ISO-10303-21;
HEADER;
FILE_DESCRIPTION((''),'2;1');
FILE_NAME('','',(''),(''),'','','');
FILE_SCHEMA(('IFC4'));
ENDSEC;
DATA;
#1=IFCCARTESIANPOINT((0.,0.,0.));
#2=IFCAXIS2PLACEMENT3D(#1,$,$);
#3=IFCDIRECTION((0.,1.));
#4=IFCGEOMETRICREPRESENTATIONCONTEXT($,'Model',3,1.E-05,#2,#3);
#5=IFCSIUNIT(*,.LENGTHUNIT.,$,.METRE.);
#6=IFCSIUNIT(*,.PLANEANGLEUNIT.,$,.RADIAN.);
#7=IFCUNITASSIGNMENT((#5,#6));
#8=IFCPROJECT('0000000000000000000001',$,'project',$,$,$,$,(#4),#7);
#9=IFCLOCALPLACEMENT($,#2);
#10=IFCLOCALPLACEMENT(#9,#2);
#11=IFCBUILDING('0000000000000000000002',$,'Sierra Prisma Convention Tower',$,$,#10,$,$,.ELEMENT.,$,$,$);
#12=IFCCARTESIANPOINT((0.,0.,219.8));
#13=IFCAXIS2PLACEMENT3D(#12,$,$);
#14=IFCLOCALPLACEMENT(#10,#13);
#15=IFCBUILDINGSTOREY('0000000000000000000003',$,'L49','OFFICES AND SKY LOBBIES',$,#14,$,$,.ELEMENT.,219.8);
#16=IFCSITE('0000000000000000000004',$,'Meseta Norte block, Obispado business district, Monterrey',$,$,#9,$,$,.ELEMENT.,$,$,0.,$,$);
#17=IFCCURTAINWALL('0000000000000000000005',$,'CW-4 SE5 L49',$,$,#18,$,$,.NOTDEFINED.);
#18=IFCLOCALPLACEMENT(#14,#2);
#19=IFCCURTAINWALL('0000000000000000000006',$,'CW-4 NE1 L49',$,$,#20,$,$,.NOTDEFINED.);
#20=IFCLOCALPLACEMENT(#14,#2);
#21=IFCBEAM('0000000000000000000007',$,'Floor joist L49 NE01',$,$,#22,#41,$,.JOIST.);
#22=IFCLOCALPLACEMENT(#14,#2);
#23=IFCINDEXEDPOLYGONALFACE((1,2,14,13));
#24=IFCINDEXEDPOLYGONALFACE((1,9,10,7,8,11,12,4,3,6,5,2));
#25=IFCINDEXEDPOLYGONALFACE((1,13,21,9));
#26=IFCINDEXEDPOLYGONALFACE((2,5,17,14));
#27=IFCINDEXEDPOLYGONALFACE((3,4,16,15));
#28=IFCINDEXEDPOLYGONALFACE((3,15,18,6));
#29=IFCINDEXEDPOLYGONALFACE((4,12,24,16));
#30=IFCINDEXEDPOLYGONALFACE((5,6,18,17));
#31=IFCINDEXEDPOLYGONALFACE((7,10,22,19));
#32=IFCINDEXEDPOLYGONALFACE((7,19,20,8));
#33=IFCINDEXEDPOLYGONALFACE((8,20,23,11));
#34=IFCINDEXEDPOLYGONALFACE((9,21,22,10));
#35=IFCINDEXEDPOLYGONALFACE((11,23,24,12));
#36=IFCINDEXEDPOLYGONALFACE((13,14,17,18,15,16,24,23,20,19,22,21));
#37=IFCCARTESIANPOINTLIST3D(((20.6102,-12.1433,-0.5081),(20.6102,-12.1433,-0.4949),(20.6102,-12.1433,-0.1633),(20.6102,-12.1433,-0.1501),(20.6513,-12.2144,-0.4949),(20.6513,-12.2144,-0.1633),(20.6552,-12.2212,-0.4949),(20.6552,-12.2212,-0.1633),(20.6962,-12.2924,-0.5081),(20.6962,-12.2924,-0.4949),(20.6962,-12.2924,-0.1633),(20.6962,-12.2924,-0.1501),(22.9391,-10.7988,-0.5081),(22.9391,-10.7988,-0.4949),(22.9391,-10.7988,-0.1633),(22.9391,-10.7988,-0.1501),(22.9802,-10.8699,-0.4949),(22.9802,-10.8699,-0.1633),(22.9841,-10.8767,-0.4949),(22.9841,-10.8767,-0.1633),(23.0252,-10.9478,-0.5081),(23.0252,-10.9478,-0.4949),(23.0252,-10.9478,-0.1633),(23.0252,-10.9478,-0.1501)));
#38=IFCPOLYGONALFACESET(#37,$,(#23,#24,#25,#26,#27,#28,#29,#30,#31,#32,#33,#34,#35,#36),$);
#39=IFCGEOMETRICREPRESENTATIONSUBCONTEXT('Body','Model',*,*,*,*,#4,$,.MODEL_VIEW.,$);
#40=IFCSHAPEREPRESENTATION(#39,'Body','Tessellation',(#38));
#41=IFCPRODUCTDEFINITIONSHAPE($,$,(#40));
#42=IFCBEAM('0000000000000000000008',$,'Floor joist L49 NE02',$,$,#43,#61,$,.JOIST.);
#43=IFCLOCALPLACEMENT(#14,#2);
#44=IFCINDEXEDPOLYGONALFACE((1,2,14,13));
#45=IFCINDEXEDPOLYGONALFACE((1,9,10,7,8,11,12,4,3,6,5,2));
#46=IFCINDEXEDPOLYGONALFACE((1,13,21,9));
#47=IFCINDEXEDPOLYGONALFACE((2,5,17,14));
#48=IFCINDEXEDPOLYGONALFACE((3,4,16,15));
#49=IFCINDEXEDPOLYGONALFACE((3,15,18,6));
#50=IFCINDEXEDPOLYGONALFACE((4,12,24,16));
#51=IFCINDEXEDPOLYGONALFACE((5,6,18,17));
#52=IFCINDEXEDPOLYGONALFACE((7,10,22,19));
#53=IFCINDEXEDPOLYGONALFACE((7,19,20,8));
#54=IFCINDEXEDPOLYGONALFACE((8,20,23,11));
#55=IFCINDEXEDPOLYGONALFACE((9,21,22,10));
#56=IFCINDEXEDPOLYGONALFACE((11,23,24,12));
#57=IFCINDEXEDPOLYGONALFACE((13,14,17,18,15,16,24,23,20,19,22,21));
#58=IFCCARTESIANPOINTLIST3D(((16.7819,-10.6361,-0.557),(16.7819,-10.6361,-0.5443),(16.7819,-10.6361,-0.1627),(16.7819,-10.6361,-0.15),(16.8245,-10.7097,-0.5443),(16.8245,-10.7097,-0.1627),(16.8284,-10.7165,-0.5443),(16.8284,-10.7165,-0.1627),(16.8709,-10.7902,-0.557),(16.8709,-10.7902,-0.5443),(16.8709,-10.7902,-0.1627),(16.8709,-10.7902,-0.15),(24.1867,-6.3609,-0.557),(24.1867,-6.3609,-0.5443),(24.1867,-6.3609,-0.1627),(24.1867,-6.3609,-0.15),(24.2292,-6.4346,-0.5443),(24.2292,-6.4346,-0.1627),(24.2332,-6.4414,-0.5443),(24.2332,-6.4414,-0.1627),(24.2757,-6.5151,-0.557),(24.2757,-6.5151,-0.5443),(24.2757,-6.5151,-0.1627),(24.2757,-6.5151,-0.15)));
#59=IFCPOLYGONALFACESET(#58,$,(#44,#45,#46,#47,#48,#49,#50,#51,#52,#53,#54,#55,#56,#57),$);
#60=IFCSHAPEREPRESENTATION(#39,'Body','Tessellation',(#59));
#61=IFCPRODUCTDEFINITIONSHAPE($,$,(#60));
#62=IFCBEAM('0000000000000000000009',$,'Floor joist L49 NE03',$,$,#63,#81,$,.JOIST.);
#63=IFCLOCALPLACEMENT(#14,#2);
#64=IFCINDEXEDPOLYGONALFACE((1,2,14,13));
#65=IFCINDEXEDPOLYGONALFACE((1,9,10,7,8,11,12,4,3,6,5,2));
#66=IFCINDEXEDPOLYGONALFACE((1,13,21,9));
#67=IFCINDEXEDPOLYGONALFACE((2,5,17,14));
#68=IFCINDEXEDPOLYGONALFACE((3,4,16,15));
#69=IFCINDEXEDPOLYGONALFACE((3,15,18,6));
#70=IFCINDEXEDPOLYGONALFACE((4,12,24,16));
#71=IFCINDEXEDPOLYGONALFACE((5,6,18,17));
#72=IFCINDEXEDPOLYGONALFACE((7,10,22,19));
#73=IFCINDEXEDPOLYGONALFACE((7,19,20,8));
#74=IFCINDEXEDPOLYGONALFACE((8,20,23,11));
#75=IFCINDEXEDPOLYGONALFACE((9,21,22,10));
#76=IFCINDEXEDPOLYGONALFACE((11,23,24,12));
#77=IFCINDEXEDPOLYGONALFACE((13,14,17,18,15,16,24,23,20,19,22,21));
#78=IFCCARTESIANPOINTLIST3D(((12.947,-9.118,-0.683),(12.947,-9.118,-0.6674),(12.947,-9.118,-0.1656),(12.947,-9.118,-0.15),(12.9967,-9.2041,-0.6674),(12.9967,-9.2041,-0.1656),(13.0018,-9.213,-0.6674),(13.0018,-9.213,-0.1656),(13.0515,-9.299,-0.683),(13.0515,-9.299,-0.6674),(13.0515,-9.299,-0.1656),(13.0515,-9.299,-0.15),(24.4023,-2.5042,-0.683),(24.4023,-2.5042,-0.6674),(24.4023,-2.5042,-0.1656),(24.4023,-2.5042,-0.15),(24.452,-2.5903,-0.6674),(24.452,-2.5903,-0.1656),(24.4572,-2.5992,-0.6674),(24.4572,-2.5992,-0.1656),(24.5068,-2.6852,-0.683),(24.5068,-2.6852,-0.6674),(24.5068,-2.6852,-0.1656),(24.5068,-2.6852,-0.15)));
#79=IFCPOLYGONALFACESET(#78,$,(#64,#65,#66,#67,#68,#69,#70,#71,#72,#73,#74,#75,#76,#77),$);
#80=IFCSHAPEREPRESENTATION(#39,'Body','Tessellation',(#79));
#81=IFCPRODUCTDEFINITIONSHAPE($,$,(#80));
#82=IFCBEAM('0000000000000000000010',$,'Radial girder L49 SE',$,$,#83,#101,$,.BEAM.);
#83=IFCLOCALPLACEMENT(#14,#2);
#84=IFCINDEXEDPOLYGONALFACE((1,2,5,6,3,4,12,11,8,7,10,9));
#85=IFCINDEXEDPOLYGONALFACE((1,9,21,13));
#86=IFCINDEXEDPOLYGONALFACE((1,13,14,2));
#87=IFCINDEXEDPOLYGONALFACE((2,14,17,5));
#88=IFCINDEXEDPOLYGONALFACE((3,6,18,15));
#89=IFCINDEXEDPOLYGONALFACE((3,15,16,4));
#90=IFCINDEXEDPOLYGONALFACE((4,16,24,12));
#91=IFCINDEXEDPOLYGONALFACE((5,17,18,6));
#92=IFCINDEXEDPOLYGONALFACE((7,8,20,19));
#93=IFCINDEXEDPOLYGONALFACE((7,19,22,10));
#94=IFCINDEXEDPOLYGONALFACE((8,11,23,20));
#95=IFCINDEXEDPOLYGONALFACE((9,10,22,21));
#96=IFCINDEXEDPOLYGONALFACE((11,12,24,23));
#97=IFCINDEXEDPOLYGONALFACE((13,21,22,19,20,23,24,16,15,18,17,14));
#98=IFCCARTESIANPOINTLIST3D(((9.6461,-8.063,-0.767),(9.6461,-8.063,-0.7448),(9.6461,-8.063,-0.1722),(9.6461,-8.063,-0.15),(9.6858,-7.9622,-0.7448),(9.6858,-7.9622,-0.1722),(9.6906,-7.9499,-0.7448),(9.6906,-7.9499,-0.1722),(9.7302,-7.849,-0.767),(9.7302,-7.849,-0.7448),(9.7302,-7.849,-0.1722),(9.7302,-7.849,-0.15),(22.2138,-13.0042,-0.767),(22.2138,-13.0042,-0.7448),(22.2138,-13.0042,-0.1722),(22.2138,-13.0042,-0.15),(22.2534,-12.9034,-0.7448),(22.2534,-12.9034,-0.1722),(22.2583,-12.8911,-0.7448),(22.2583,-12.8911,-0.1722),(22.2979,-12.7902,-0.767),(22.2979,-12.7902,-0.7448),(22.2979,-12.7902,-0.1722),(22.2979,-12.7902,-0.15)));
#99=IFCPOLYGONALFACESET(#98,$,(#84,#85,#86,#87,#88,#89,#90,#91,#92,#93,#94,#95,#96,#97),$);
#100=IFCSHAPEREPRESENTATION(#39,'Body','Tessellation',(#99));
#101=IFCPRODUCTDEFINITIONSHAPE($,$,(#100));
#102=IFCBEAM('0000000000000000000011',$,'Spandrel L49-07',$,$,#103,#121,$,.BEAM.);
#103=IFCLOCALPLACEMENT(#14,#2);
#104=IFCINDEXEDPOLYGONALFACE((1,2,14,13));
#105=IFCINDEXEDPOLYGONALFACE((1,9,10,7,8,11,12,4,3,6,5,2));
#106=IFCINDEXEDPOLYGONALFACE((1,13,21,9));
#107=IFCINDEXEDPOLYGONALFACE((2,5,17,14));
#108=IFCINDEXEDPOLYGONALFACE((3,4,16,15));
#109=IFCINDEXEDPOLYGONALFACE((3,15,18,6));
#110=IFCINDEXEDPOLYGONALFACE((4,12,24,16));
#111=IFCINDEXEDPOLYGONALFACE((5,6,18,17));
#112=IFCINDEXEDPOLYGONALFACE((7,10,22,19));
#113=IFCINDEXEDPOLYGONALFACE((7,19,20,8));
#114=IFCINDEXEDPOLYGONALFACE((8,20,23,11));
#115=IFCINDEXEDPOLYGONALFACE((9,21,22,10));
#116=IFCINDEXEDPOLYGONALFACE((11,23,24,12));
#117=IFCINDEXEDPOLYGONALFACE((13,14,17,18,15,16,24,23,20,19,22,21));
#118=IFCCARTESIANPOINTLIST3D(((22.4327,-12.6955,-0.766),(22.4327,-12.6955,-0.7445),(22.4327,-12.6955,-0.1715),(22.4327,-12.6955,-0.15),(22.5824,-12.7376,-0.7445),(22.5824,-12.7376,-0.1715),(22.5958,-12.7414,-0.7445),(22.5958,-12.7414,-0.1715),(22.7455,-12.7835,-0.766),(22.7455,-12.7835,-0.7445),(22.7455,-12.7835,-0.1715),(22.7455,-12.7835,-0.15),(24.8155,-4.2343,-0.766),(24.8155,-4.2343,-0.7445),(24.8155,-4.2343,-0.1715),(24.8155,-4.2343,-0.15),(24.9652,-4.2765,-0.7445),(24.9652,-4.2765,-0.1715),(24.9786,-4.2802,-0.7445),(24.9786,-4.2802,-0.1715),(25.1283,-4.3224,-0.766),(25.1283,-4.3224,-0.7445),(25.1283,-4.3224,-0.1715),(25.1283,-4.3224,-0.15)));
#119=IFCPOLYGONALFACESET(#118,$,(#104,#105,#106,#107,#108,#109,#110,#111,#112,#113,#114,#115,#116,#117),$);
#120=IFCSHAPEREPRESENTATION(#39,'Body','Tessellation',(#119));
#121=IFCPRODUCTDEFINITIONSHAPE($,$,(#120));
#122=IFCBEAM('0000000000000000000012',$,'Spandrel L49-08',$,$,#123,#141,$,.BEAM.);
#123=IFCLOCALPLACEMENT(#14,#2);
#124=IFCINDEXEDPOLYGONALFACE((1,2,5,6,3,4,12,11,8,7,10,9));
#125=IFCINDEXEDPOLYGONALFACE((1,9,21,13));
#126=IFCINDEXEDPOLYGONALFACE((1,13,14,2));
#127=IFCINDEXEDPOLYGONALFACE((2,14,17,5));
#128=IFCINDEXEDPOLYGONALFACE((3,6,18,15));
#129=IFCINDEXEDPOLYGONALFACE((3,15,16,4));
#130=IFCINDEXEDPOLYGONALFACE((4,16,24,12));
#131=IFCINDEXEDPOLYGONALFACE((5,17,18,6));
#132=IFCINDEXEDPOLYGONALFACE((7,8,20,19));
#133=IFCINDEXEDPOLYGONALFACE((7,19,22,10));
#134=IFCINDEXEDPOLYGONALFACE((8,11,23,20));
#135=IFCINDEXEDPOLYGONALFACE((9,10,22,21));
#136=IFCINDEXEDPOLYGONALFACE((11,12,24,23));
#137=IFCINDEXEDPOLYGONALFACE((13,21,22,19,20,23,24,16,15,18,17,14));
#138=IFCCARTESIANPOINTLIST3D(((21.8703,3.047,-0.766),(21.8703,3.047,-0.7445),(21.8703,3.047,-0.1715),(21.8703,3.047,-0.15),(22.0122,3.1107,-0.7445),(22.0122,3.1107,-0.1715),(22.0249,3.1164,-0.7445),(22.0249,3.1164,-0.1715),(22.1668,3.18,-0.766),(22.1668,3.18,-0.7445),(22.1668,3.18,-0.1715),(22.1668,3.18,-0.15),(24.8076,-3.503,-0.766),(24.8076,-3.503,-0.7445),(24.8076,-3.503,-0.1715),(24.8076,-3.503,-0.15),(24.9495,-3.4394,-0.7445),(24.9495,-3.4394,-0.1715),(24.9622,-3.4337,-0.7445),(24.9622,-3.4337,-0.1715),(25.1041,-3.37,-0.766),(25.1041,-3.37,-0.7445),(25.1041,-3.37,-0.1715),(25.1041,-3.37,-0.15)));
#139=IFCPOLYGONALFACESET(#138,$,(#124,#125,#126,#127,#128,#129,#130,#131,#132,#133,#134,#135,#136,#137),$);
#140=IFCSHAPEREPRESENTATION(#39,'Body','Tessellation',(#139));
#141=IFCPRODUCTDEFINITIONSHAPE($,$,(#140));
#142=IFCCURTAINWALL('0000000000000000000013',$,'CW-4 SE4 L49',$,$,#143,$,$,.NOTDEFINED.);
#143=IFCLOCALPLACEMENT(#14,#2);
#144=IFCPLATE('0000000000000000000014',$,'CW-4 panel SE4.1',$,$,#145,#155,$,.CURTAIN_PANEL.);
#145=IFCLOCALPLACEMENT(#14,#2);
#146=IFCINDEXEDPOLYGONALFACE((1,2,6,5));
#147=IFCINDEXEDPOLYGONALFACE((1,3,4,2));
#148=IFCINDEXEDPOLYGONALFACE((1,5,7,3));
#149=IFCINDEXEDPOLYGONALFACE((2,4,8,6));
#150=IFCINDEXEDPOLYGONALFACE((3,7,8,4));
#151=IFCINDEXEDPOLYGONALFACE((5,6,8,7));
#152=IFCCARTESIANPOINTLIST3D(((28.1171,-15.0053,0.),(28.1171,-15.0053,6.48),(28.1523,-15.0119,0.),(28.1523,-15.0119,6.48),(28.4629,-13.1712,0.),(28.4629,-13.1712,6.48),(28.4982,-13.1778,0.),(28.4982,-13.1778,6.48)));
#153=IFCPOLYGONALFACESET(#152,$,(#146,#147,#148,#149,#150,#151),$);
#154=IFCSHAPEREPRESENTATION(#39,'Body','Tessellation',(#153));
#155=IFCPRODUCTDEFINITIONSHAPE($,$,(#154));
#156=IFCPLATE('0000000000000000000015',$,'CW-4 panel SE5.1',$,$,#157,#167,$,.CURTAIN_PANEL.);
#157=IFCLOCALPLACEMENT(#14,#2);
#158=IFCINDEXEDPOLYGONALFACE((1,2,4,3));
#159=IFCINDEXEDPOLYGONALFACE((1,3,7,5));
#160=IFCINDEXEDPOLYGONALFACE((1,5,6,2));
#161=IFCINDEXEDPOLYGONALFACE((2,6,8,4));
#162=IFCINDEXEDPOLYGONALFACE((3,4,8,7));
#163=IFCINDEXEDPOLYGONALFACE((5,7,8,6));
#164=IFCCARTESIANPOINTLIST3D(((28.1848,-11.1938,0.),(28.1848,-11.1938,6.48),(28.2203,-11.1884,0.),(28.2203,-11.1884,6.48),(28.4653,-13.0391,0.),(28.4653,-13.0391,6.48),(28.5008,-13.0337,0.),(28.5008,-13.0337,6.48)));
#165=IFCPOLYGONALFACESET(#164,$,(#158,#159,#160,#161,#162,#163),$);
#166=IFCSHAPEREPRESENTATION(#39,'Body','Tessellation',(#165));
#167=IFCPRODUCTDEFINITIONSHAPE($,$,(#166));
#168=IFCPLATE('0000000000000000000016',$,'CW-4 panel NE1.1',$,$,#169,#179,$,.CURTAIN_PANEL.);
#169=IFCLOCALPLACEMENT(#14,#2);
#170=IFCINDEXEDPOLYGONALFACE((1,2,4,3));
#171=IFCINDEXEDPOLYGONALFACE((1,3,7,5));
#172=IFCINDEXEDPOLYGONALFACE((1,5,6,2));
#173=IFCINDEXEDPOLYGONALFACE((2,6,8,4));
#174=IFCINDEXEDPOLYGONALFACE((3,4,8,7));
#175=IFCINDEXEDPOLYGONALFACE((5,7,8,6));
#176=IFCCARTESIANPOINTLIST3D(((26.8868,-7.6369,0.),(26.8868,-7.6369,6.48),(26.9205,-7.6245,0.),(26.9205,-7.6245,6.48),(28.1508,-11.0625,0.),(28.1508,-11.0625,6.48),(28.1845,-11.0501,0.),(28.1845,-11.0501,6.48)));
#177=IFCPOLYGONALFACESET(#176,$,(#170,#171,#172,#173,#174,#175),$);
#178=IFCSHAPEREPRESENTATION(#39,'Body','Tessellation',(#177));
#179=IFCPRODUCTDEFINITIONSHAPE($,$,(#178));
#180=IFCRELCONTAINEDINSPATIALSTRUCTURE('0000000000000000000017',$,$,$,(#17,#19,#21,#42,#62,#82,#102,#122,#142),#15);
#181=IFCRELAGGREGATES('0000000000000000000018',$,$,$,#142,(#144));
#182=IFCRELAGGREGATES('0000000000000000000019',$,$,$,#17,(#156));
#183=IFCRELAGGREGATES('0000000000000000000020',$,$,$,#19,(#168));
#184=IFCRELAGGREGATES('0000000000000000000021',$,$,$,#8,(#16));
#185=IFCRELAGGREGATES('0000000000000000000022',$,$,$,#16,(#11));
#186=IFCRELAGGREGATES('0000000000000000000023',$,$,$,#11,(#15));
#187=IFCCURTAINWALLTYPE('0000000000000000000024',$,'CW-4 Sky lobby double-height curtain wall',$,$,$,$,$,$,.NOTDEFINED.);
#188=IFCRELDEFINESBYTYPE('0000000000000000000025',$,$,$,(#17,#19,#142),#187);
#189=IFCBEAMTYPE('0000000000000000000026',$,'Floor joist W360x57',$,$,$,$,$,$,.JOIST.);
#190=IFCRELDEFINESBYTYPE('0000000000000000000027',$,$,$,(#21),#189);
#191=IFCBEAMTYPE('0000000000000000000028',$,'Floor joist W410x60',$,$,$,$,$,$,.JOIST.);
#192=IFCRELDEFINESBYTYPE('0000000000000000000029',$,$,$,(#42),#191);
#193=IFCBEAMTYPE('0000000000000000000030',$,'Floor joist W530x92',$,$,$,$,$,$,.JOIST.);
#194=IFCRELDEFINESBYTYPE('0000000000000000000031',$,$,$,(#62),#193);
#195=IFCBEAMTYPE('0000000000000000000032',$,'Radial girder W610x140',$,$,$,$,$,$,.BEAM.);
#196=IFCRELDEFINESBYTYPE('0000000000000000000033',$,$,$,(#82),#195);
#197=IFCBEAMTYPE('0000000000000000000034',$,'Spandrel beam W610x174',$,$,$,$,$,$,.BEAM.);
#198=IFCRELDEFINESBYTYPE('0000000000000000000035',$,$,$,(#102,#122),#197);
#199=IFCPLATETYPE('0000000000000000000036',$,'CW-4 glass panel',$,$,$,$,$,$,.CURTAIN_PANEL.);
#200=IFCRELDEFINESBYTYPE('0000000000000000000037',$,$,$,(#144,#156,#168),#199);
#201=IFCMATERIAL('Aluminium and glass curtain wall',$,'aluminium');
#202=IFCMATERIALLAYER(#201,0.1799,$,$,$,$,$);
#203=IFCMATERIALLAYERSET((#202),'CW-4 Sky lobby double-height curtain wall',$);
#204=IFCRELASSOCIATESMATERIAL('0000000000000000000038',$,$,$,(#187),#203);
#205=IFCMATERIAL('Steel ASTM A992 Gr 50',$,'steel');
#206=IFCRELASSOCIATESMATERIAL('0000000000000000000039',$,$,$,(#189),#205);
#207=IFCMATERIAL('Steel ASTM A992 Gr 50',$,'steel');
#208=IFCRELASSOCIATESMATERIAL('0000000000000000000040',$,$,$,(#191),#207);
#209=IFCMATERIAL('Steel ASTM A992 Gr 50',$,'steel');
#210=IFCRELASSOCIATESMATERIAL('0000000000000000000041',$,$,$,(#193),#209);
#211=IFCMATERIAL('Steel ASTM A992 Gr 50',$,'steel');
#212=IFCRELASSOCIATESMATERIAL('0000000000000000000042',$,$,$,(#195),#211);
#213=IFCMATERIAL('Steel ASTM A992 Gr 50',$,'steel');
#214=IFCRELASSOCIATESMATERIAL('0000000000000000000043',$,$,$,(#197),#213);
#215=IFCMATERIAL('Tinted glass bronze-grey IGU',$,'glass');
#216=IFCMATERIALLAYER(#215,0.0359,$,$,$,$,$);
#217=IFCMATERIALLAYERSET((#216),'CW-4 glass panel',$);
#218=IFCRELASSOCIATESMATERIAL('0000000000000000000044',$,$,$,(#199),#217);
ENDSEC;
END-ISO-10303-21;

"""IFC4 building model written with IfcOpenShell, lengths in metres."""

from ifc_helpers import new_model, si_unit, direction, frame, origin, origin_2d, place, context, subcontext, project, spatial, rectangle, i_section, extrude, material, layer, layer_set, material_profile, profile_set, type_object, element, aggregate, save


model = new_model("IFC4")

# Units and contexts
model_context = context("Model", 3, precision=1e-05, world=origin(), true_north=direction((0.0, 1.0)))
body_context = subcontext(model_context, "Body", "Model", "MODEL_VIEW")
ifc_project = project(units=[si_unit("LENGTHUNIT", "METRE"), si_unit("PLANEANGLEUNIT", "RADIAN")], contexts=[model_context])

# Site, building, storey
site_placement = place(None, origin())
site = spatial("IfcSite", under=ifc_project, at=site_placement, Name="Meseta Norte block, Obispado business district, Monterrey", CompositionType="ELEMENT", RefElevation=0.0)
building_placement = place(site_placement, origin())
building = spatial("IfcBuilding", under=site, at=building_placement, Name="Sierra Prisma Convention Tower", CompositionType="ELEMENT")
storey_placement = place(building_placement, frame((0.0, 0.0, 219.8)))
storey = spatial("IfcBuildingStorey", under=building, at=storey_placement, Name="L49", Description="OFFICES AND SKY LOBBIES", CompositionType="ELEMENT", Elevation=219.8)

# Curtain wall
ifc_material_1 = material(Name="Aluminium and glass curtain wall", Category="aluminium")
ifc_layer_1 = layer(ifc_material_1, 0.1799)
ifc_layer_set_1 = layer_set([ifc_layer_1], Name="CW-4 Sky lobby double-height curtain wall")
curtain_wall_type = type_object("IfcCurtainWallType", Name="CW-4 Sky lobby double-height curtain wall", PredefinedType="NOTDEFINED", material=ifc_layer_set_1)
curtain_wall_1_placement = place(storey_placement, origin())
curtain_wall_1 = element("IfcCurtainWall", 1, at=curtain_wall_1_placement, inside=storey, type_object=curtain_wall_type, Name="CW-4 SE5 L49", PredefinedType="NOTDEFINED")

# Curtain wall
curtain_wall_2_placement = place(storey_placement, origin())
curtain_wall_2 = element("IfcCurtainWall", 2, at=curtain_wall_2_placement, inside=storey, type_object=curtain_wall_type, Name="CW-4 NE1 L49", PredefinedType="NOTDEFINED")

# Beams
ifc_material_2 = material(Name="Steel ASTM A992 Gr 50", Category="steel")
ifc_material_profile_1 = material_profile(ifc_material_2, i_section(OverallWidth=0.1721, OverallDepth=0.3579, WebThickness=0.0078, FlangeThickness=0.0132, at=origin_2d()), Name="W360x57")
ifc_profile_set_1 = profile_set([ifc_material_profile_1], Name="Steel ASTM A992 Gr 50")
beam_type_1 = type_object("IfcBeamType", Name="Floor joist W360x57", PredefinedType="JOIST", material=ifc_profile_set_1)
beam_1_placement = place(storey_placement, frame((22.9822, -10.8733, -0.3291), z_axis=(-0.866039, -0.499977, 0.0), x_axis=(0.499977, -0.866039, 0.0)))
element("IfcBeam", 3, at=beam_1_placement, inside=storey, type_object=beam_type_1, Name="Floor joist L49 NE01", PredefinedType="JOIST", context=body_context, shape_type="SweptSolid", body=[
    extrude(i_section(OverallWidth=0.1721, OverallDepth=0.3579, WebThickness=0.0078, FlangeThickness=0.0132, at=origin_2d()), origin(), (0.0, 0.0, 1.0), 2.6892),
])
ifc_material_3 = material(Name="Steel ASTM A992 Gr 50", Category="steel")
ifc_material_profile_2 = material_profile(ifc_material_3, i_section(OverallWidth=0.178, OverallDepth=0.407, WebThickness=0.0078, FlangeThickness=0.0127, at=origin_2d()), Name="W410x60")
ifc_profile_set_2 = profile_set([ifc_material_profile_2], Name="Steel ASTM A992 Gr 50")
beam_type_2 = type_object("IfcBeamType", Name="Floor joist W410x60", PredefinedType="JOIST", material=ifc_profile_set_2)
beam_2_placement = place(storey_placement, frame((24.2312, -6.438, -0.3535), z_axis=(-0.866026, -0.499999, 0.0), x_axis=(0.499999, -0.866026, 0.0)))
element("IfcBeam", 4, at=beam_2_placement, inside=storey, type_object=beam_type_2, Name="Floor joist L49 NE02", PredefinedType="JOIST", context=body_context, shape_type="SweptSolid", body=[
    extrude(i_section(OverallWidth=0.178, OverallDepth=0.407, WebThickness=0.0078, FlangeThickness=0.0127, at=origin_2d()), origin(), (0.0, 0.0, 1.0), 8.5503),
])
ifc_material_4 = material(Name="Steel ASTM A992 Gr 50", Category="steel")
ifc_material_profile_3 = material_profile(ifc_material_4, i_section(OverallWidth=0.209, OverallDepth=0.533, WebThickness=0.0103, FlangeThickness=0.0156, at=origin_2d()), Name="W530x92")
ifc_profile_set_3 = profile_set([ifc_material_profile_3], Name="Steel ASTM A992 Gr 50")
beam_type_3 = type_object("IfcBeamType", Name="Floor joist W530x92", PredefinedType="JOIST", material=ifc_profile_set_3)
beam_3_placement = place(storey_placement, frame((24.4546, -2.5947, -0.4165), z_axis=(-0.866024, -0.500002, 0.0), x_axis=(0.500002, -0.866024, 0.0)))
element("IfcBeam", 5, at=beam_3_placement, inside=storey, type_object=beam_type_3, Name="Floor joist L49 NE03", PredefinedType="JOIST", context=body_context, shape_type="SweptSolid", body=[
    extrude(i_section(OverallWidth=0.209, OverallDepth=0.533, WebThickness=0.0103, FlangeThickness=0.0156, at=origin_2d()), origin(), (0.0, 0.0, 1.0), 13.2275),
])
ifc_material_5 = material(Name="Steel ASTM A992 Gr 50", Category="steel")
ifc_material_profile_4 = material_profile(ifc_material_5, i_section(OverallWidth=0.23, OverallDepth=0.6169, WebThickness=0.0132, FlangeThickness=0.0222, at=origin_2d()), Name="W610x140")
ifc_profile_set_4 = profile_set([ifc_material_profile_4], Name="Steel ASTM A992 Gr 50")
beam_type_4 = type_object("IfcBeamType", Name="Radial girder W610x140", PredefinedType="BEAM", material=ifc_profile_set_4)
beam_4_placement = place(storey_placement, frame((22.2559, -12.8972, -0.4585), z_axis=(-0.930654, 0.365901, 0.0), x_axis=(-0.365901, -0.930654, 0.0)))
element("IfcBeam", 6, at=beam_4_placement, inside=storey, type_object=beam_type_4, Name="Radial girder L49 SE", PredefinedType="BEAM", context=body_context, shape_type="SweptSolid", body=[
    extrude(i_section(OverallWidth=0.23, OverallDepth=0.6169, WebThickness=0.0132, FlangeThickness=0.0222, at=origin_2d()), origin(), (0.0, 0.0, 1.0), 13.5042),
])
ifc_material_6 = material(Name="Steel ASTM A992 Gr 50", Category="steel")
ifc_material_profile_5 = material_profile(ifc_material_6, i_section(OverallWidth=0.325, OverallDepth=0.616, WebThickness=0.0139, FlangeThickness=0.0215, at=origin_2d()), Name="W610x174")
ifc_profile_set_5 = profile_set([ifc_material_profile_5], Name="Steel ASTM A992 Gr 50")
beam_type_5 = type_object("IfcBeamType", Name="Spandrel beam W610x174", PredefinedType="BEAM", material=ifc_profile_set_5)
beam_5_placement = place(storey_placement, frame((22.5891, -12.7395, -0.458), z_axis=(0.271073, 0.962559, 0.0), x_axis=(-0.962559, 0.271073, 0.0)))
element("IfcBeam", 7, at=beam_5_placement, inside=storey, type_object=beam_type_5, Name="Spandrel L49-07", PredefinedType="BEAM", context=body_context, shape_type="SweptSolid", body=[
    extrude(i_section(OverallWidth=0.325, OverallDepth=0.616, WebThickness=0.0139, FlangeThickness=0.0215, at=origin_2d()), origin(), (0.0, 0.0, 1.0), 8.7903),
])
beam_6_placement = place(storey_placement, frame((24.9558, -3.4365, -0.458), z_axis=(-0.409175, 0.912456, 0.0), x_axis=(-0.912456, -0.409175, 0.0)))
element("IfcBeam", 8, at=beam_6_placement, inside=storey, type_object=beam_type_5, Name="Spandrel L49-08", PredefinedType="BEAM", context=body_context, shape_type="SweptSolid", body=[
    extrude(i_section(OverallWidth=0.325, OverallDepth=0.616, WebThickness=0.0139, FlangeThickness=0.0215, at=origin_2d()), origin(), (0.0, 0.0, 1.0), 7.1785),
])

# Curtain wall, plate
curtain_wall_3_placement = place(storey_placement, origin())
curtain_wall_3 = element("IfcCurtainWall", 9, at=curtain_wall_3_placement, inside=storey, type_object=curtain_wall_type, Name="CW-4 SE4 L49", PredefinedType="NOTDEFINED")
ifc_material_7 = material(Name="Tinted glass bronze-grey IGU", Category="glass")
ifc_layer_2 = layer(ifc_material_7, 0.0359)
ifc_layer_set_2 = layer_set([ifc_layer_2], Name="CW-4 glass panel")
plate_type = type_object("IfcPlateType", Name="CW-4 glass panel", PredefinedType="CURTAIN_PANEL", material=ifc_layer_set_2)
plate_1_placement = place(storey_placement, frame((28.3076, -14.0916, 0.0), z_axis=(0.0, 0.0, 1.0), x_axis=(0.185299, 0.982682, 0.0)))
plate_1 = element("IfcPlate", 10, at=plate_1_placement, type_object=plate_type, Name="CW-4 panel SE4.1", PredefinedType="CURTAIN_PANEL", context=body_context, shape_type="SweptSolid", body=[
    extrude(rectangle(XDim=1.8665, YDim=0.0359, at=origin_2d()), origin(), (0.0, 0.0, 1.0), 6.48),
])
aggregate(curtain_wall_3, [plate_1])

# Plates
plate_2_placement = place(storey_placement, frame((28.3428, -12.1138, 0.0), z_axis=(0.0, 0.0, 1.0), x_axis=(-0.150276, 0.988644, 0.0)))
plate_2 = element("IfcPlate", 11, at=plate_2_placement, type_object=plate_type, Name="CW-4 panel SE5.1", PredefinedType="CURTAIN_PANEL", context=body_context, shape_type="SweptSolid", body=[
    extrude(rectangle(XDim=1.8665, YDim=0.0359, at=origin_2d()), origin(), (0.0, 0.0, 1.0), 6.48),
])
aggregate(curtain_wall_1, [plate_2])
plate_3_placement = place(storey_placement, frame((27.5356, -9.3435, 0.0), z_axis=(0.0, 0.0, 1.0), x_axis=(-0.346167, 0.938173, 0.0)))
plate_3 = element("IfcPlate", 12, at=plate_3_placement, type_object=plate_type, Name="CW-4 panel NE1.1", PredefinedType="CURTAIN_PANEL", context=body_context, shape_type="SweptSolid", body=[
    extrude(rectangle(XDim=3.6514, YDim=0.0359, at=origin_2d()), origin(), (0.0, 0.0, 1.0), 6.48),
])
aggregate(curtain_wall_2, [plate_3])

save(model, "model.ifc")
